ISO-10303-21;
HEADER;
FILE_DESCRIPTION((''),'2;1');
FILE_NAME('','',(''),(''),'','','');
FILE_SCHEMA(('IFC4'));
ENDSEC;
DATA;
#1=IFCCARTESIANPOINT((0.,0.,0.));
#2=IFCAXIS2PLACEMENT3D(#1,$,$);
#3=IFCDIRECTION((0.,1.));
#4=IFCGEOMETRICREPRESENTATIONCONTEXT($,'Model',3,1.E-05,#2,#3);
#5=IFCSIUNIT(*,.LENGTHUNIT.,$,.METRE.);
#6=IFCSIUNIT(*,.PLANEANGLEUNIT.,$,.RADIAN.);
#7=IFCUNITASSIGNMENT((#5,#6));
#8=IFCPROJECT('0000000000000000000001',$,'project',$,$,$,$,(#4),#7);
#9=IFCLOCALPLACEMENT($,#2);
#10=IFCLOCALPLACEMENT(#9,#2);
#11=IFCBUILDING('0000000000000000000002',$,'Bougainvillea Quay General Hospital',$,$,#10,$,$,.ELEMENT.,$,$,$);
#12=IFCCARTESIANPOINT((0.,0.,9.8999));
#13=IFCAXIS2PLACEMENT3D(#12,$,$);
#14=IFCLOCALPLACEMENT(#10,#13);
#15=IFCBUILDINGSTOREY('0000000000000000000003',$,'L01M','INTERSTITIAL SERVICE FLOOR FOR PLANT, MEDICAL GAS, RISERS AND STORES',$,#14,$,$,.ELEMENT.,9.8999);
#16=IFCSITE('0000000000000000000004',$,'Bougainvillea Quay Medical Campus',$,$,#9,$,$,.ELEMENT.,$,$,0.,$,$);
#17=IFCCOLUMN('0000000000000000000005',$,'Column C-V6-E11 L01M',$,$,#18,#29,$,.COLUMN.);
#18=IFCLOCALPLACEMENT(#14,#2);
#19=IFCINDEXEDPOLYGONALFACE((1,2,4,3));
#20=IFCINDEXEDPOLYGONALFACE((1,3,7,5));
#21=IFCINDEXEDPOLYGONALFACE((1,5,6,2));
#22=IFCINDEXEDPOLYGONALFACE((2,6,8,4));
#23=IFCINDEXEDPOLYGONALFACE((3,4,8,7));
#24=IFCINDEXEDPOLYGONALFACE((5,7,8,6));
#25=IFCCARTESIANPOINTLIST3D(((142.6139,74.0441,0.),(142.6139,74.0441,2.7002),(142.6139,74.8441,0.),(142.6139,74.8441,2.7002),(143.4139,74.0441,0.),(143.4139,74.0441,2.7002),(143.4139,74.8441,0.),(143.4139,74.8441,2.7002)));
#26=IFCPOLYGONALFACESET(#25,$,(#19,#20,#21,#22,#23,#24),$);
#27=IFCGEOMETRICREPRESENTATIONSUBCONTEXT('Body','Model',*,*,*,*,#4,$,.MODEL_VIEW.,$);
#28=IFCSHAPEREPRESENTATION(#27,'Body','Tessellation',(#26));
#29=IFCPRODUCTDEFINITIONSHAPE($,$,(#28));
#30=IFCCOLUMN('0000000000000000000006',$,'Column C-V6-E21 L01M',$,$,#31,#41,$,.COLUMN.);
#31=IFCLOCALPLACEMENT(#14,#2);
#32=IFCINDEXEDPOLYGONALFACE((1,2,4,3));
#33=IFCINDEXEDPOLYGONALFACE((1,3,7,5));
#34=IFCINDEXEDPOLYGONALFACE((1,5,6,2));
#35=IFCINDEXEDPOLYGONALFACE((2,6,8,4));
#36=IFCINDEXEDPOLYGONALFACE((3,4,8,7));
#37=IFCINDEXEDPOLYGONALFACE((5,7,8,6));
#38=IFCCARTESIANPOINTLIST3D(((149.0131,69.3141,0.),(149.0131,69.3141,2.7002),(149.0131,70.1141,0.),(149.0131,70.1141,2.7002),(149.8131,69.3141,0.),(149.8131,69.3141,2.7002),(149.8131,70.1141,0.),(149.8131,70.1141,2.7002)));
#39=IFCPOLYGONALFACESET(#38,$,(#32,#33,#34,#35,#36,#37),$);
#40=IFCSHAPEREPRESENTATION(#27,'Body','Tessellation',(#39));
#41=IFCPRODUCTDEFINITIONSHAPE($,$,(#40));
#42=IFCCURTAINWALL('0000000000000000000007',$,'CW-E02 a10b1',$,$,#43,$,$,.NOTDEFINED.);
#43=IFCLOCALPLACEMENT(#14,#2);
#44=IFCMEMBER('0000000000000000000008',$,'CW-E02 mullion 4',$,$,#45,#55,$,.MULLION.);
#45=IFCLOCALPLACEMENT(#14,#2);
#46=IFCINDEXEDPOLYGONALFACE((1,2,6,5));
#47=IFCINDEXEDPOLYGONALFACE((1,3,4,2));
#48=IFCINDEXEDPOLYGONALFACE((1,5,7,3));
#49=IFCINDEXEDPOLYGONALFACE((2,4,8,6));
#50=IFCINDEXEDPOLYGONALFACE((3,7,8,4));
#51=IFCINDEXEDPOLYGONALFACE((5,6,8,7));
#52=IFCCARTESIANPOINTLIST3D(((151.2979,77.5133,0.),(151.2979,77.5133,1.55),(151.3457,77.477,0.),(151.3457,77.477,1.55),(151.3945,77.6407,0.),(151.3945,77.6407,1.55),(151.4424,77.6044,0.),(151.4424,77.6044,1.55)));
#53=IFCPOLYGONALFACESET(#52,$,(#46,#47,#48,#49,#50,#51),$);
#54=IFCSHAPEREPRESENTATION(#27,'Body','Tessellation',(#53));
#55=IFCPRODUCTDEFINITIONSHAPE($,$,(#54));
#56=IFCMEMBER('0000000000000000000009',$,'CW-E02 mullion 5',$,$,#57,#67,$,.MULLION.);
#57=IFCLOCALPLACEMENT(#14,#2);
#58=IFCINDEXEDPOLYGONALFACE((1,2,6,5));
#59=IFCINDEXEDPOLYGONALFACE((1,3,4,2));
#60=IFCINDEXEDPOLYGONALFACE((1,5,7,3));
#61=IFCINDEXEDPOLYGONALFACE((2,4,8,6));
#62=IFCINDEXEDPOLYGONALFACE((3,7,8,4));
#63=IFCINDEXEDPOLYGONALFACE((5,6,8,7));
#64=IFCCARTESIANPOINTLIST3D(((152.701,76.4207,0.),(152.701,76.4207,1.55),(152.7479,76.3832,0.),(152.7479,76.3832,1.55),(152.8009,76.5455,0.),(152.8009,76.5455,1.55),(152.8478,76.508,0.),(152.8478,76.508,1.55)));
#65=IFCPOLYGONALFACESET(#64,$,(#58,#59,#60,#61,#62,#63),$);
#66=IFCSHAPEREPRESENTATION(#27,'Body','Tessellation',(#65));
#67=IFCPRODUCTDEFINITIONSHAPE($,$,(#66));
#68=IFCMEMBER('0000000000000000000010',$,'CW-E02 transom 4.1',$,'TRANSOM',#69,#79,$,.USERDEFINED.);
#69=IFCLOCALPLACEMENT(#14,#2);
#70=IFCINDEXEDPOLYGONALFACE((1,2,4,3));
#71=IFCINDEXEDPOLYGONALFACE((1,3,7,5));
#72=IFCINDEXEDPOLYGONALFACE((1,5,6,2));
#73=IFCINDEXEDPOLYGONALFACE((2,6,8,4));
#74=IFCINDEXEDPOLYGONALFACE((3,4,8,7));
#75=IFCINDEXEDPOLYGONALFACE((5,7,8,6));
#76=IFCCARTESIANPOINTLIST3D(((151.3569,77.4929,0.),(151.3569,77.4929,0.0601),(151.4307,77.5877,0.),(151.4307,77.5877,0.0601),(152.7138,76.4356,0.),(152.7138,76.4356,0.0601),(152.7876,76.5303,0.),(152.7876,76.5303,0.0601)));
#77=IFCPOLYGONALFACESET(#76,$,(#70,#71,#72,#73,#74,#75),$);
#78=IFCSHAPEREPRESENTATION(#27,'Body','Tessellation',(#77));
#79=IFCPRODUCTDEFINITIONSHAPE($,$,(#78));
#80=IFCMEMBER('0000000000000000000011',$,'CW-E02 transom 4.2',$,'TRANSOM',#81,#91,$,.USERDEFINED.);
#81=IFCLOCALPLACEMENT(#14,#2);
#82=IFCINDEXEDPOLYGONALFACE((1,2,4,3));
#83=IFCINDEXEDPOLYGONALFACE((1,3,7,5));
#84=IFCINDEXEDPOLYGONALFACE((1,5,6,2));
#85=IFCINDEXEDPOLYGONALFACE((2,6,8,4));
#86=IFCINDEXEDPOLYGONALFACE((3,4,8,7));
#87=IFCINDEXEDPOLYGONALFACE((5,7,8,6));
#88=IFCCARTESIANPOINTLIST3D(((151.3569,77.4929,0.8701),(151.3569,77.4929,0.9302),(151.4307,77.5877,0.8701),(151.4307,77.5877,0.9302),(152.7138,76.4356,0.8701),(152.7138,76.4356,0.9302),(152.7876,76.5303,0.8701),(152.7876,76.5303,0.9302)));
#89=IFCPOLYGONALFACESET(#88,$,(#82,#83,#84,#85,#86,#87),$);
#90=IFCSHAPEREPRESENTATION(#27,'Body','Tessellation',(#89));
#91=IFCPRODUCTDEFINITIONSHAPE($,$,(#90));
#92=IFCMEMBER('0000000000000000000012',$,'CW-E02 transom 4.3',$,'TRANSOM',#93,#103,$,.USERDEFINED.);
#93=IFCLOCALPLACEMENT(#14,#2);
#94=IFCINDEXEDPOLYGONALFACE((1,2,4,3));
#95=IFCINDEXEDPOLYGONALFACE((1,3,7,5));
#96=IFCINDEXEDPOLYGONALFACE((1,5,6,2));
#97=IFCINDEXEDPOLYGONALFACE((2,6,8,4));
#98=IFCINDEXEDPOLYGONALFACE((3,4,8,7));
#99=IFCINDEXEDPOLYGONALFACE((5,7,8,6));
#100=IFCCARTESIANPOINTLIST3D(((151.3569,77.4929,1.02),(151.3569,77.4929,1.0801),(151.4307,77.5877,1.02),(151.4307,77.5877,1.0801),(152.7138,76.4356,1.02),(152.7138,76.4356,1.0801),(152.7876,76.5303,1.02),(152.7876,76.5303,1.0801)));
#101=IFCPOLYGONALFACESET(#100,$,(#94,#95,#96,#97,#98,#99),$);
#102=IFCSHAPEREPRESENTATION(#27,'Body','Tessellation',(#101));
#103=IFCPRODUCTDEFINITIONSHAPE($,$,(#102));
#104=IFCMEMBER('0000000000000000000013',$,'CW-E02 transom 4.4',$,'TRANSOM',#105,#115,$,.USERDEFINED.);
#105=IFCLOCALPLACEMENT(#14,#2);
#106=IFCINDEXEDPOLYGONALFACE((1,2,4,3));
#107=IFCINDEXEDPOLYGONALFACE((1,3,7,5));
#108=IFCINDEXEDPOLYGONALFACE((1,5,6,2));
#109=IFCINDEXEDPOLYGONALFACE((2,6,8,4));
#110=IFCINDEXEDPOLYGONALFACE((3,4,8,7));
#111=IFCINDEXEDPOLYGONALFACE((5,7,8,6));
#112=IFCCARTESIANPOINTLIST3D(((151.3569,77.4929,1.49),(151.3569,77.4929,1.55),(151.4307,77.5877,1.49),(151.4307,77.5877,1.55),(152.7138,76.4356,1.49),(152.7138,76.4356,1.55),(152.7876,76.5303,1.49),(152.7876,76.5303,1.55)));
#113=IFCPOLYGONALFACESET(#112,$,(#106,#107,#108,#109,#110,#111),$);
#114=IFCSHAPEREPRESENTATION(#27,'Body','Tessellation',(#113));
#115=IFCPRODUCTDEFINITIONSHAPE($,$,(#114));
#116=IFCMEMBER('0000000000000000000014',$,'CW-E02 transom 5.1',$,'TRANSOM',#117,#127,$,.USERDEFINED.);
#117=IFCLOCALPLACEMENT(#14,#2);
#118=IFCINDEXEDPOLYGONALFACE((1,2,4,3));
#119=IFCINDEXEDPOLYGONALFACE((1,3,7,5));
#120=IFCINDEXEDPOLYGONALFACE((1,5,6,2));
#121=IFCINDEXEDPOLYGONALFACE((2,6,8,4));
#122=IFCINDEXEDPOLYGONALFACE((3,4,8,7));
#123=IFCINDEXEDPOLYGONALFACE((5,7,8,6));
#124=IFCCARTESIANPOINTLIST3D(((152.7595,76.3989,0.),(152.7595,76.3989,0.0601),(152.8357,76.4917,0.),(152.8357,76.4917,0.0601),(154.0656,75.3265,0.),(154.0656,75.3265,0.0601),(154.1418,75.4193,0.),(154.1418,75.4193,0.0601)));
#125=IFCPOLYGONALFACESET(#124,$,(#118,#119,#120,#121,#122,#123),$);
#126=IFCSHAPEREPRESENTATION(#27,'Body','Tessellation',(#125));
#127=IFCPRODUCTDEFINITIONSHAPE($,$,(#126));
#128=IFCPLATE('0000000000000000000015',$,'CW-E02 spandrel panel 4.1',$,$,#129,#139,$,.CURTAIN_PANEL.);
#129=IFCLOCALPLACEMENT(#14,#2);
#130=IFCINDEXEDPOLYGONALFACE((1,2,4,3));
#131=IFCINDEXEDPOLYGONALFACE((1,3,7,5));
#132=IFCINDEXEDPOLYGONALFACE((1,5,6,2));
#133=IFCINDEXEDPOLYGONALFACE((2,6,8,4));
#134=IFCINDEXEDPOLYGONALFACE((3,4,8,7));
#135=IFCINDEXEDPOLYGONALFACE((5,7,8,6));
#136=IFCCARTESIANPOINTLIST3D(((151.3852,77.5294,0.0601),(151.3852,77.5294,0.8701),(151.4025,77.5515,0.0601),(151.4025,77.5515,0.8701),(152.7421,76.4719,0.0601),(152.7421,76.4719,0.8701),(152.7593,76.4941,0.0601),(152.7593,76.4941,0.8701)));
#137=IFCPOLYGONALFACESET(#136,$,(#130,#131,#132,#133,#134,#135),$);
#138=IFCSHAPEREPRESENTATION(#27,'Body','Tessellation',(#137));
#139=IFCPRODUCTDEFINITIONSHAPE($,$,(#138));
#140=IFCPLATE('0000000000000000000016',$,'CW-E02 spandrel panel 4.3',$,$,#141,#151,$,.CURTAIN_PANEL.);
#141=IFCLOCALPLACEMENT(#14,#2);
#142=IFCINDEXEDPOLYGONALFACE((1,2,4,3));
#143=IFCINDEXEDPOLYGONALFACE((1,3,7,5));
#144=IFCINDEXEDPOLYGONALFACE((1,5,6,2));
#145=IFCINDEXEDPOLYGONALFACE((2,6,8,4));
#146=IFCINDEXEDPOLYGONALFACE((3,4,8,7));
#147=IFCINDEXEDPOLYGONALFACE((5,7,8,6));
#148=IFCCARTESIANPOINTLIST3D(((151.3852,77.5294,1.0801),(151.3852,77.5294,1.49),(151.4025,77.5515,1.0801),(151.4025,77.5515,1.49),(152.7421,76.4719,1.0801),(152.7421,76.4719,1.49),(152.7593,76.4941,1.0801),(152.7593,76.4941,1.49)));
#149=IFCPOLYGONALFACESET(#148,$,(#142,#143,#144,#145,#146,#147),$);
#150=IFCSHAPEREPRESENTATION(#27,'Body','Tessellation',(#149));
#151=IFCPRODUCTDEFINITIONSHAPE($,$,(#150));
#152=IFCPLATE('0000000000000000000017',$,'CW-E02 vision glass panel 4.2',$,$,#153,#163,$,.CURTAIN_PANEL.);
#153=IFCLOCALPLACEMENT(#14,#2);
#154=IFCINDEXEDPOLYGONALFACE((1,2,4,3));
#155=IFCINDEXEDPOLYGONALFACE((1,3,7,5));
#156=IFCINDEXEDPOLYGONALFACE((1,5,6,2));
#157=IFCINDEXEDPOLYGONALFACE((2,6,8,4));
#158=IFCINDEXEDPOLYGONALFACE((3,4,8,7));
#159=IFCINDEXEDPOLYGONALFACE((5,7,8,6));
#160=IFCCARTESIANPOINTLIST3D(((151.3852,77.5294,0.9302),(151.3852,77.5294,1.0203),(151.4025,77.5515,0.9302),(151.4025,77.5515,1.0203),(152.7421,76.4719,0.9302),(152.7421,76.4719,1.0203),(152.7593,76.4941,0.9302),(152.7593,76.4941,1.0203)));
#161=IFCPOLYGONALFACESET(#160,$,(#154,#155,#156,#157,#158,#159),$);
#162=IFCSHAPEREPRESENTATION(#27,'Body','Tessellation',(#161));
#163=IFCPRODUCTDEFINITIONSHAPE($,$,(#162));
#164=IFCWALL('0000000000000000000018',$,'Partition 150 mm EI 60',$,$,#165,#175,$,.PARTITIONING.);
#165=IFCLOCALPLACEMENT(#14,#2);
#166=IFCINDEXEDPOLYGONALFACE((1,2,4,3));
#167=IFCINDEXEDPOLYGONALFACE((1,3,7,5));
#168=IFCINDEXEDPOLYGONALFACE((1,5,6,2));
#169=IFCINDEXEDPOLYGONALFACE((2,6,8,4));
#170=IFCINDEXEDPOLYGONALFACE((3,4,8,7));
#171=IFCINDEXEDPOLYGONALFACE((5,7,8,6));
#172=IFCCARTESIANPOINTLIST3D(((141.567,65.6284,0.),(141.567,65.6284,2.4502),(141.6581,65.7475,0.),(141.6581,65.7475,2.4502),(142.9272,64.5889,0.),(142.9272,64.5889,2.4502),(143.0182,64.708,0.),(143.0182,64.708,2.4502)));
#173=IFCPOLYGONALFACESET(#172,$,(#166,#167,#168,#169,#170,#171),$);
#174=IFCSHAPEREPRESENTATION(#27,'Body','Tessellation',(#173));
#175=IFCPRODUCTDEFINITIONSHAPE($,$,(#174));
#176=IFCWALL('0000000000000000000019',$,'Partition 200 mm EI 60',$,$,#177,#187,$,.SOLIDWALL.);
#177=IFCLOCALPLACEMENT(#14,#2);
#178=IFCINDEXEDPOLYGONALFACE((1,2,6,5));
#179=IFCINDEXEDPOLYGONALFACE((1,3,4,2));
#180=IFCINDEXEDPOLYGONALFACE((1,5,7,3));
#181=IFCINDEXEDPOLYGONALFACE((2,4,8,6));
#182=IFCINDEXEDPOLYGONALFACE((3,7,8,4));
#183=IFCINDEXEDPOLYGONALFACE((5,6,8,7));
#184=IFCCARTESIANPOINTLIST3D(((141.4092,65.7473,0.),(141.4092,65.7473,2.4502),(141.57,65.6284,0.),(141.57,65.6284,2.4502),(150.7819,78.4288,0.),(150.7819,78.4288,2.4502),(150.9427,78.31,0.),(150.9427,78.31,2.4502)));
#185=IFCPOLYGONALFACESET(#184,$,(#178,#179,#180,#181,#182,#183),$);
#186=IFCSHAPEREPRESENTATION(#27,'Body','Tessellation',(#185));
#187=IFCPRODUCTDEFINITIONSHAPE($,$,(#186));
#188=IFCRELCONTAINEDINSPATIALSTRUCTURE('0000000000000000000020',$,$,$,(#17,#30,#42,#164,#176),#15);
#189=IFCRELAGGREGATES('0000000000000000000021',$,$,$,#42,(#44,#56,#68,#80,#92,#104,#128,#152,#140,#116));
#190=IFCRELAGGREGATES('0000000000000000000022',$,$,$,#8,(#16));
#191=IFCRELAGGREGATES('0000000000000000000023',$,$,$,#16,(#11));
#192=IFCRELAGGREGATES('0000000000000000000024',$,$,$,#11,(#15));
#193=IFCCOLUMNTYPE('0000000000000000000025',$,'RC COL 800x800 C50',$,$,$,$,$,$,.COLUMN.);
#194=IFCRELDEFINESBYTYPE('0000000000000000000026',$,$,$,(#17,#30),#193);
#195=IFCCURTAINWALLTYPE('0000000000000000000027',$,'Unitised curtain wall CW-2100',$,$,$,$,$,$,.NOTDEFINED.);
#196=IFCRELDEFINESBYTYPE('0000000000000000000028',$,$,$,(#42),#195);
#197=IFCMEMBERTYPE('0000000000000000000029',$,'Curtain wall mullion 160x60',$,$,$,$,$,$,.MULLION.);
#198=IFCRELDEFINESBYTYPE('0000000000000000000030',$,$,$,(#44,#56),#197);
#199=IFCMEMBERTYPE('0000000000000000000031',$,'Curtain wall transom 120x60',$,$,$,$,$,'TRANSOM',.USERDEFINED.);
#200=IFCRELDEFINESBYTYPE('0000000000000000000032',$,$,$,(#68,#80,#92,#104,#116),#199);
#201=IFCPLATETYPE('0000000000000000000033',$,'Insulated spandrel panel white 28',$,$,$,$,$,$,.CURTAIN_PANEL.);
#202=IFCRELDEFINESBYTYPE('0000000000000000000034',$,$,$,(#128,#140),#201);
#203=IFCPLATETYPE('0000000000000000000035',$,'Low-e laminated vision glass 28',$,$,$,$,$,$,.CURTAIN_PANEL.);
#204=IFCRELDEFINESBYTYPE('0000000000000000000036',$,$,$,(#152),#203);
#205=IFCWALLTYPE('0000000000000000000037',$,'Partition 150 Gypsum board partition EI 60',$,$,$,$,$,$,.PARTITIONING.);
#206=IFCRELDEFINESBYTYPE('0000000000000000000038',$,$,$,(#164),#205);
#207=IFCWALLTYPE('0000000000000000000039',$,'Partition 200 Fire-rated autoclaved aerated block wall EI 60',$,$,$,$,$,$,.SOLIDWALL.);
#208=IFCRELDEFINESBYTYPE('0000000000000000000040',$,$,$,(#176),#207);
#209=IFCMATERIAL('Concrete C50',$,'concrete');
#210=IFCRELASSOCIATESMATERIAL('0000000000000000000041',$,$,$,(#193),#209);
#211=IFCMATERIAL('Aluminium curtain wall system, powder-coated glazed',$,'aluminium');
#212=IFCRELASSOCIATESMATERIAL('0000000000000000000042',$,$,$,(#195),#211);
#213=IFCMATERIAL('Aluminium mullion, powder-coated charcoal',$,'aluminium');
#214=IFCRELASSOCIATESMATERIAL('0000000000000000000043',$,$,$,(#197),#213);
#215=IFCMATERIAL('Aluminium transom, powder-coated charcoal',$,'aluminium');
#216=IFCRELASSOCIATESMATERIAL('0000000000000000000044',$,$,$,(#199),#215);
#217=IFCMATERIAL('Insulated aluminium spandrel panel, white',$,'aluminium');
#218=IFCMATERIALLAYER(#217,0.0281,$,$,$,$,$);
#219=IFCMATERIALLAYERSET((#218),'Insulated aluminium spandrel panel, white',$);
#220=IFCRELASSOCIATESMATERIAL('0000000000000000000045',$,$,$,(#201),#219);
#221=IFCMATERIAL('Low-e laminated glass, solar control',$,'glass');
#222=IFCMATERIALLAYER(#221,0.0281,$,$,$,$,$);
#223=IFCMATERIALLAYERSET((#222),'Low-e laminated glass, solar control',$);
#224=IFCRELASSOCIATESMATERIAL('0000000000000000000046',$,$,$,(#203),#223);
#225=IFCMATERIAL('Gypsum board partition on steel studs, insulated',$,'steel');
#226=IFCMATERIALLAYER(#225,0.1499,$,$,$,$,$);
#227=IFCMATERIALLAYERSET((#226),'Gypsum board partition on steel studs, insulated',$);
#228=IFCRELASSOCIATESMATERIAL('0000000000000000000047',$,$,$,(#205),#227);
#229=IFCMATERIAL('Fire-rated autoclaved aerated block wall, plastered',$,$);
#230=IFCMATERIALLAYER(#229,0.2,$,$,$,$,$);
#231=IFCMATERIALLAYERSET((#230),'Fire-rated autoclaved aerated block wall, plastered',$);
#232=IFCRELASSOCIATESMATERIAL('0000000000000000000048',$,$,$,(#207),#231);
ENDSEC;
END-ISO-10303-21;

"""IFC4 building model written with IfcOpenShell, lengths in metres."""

from ifc_helpers import new_model, si_unit, direction, frame, frame_2d, origin, origin_2d, place, context, subcontext, project, spatial, rectangle, extrude, material, layer, layer_set, material_profile, profile_set, type_object, element, aggregate, save


model = new_model("IFC4")

# Units and contexts
model_context = context("Model", 3, precision=1e-05, world=origin(), true_north=direction((0.0, 1.0)))
body_context = subcontext(model_context, "Body", "Model", "MODEL_VIEW")
ifc_project = project(units=[si_unit("LENGTHUNIT", "METRE"), si_unit("PLANEANGLEUNIT", "RADIAN")], contexts=[model_context])

# Site, building, storey
site_placement = place(None, origin())
site = spatial("IfcSite", under=ifc_project, at=site_placement, Name="Bougainvillea Quay Medical Campus", CompositionType="ELEMENT", RefElevation=0.0)
building_placement = place(site_placement, origin())
building = spatial("IfcBuilding", under=site, at=building_placement, Name="Bougainvillea Quay General Hospital", CompositionType="ELEMENT")
storey_placement = place(building_placement, frame((0.0, 0.0, 9.8999)))
storey = spatial("IfcBuildingStorey", under=building, at=storey_placement, Name="L01M", Description="INTERSTITIAL SERVICE FLOOR FOR PLANT, MEDICAL GAS, RISERS AND STORES", CompositionType="ELEMENT", Elevation=9.8999)

# Columns
ifc_material_1 = material(Name="Concrete C50", Category="concrete")
ifc_material_profile_1 = material_profile(ifc_material_1, rectangle(XDim=0.8, YDim=0.8, at=origin_2d()))
ifc_profile_set_1 = profile_set([ifc_material_profile_1], Name="Concrete C50")
column_type = type_object("IfcColumnType", Name="RC COL 800x800 C50", PredefinedType="COLUMN", material=ifc_profile_set_1)
for number, where, z_axis, x_axis, name in (
    (1, (143.0139, 74.4441, 0.0), (0.0, 0.0, 1.0), (1.0, 0.0, 0.0), "Column C-V6-E11 L01M"),
    (2, (149.4131, 69.7141, 0.0), (0.0, 0.0, 1.0), (1.0, 0.0, 0.0), "Column C-V6-E21 L01M"),
):
    element("IfcColumn", number, at=place(storey_placement, frame(where, z_axis=z_axis, x_axis=x_axis)), inside=storey, type_object=column_type, Name=name, PredefinedType="COLUMN", context=body_context, shape_type="SweptSolid", body=[
        extrude(rectangle(XDim=0.8, YDim=0.8, at=origin_2d()), origin(), (0.0, 0.0, 1.0), 2.7002),
    ])

# Curtain wall, members, plates
ifc_material_2 = material(Name="Aluminium curtain wall system, powder-coated glazed", Category="aluminium")
curtain_wall_type = type_object("IfcCurtainWallType", Name="Unitised curtain wall CW-2100", PredefinedType="NOTDEFINED", material=ifc_material_2)
curtain_wall_placement = place(storey_placement, origin())
curtain_wall = element("IfcCurtainWall", 3, at=curtain_wall_placement, inside=storey, type_object=curtain_wall_type, Name="CW-E02 a10b1", PredefinedType="NOTDEFINED")
ifc_material_3 = material(Name="Aluminium mullion, powder-coated charcoal", Category="aluminium")
ifc_material_profile_2 = material_profile(ifc_material_3, rectangle(XDim=0.1599, YDim=0.0601, at=origin_2d()))
ifc_profile_set_2 = profile_set([ifc_material_profile_2], Name="Aluminium mullion, powder-coated charcoal")
member_type_1 = type_object("IfcMemberType", Name="Curtain wall mullion 160x60", PredefinedType="MULLION", material=ifc_profile_set_2)
member_1_placement = place(storey_placement, frame((151.3701, 77.5588, 0.0), z_axis=(0.0, 0.0, 1.0), x_axis=(0.604588, 0.796538, 0.0)))
member_1 = element("IfcMember", 4, at=member_1_placement, type_object=member_type_1, Name="CW-E02 mullion 4", PredefinedType="MULLION", context=body_context, shape_type="SweptSolid", body=[
    extrude(rectangle(XDim=0.1599, YDim=0.0601, at=origin_2d()), origin(), (0.0, 0.0, 1.0), 1.55),
])
member_2_placement = place(storey_placement, frame((152.7744, 76.4644, 0.0), z_axis=(0.0, 0.0, 1.0), x_axis=(0.624719, 0.780849, 0.0)))
member_2 = element("IfcMember", 5, at=member_2_placement, type_object=member_type_1, Name="CW-E02 mullion 5", PredefinedType="MULLION", context=body_context, shape_type="SweptSolid", body=[
    extrude(rectangle(XDim=0.1599, YDim=0.0601, at=origin_2d()), origin(), (0.0, 0.0, 1.0), 1.55),
])
ifc_material_4 = material(Name="Aluminium transom, powder-coated charcoal", Category="aluminium")
ifc_material_profile_3 = material_profile(ifc_material_4, rectangle(XDim=0.1201, YDim=0.0601, at=origin_2d()))
ifc_profile_set_3 = profile_set([ifc_material_profile_3], Name="Aluminium transom, powder-coated charcoal")
member_type_2 = type_object("IfcMemberType", Name="Curtain wall transom 120x60", ElementType="TRANSOM", PredefinedType="USERDEFINED", material=ifc_profile_set_3)
member_3_placement = place(storey_placement, frame((151.3938, 77.5403, 0.03), z_axis=(0.788794, -0.614658, 0.0), x_axis=(0.614658, 0.788794, 0.0)))
member_3 = element("IfcMember", 6, at=member_3_placement, type_object=member_type_2, Name="CW-E02 transom 4.1", ObjectType="TRANSOM", PredefinedType="USERDEFINED", context=body_context, shape_type="SweptSolid", body=[
    extrude(rectangle(XDim=0.1201, YDim=0.0601, at=origin_2d()), origin(), (0.0, 0.0, 1.0), 1.7202),
])
member_4_placement = place(storey_placement, frame((151.3938, 77.5403, 0.9001), z_axis=(0.788794, -0.614658, 0.0), x_axis=(0.614658, 0.788794, 0.0)))
member_4 = element("IfcMember", 7, at=member_4_placement, type_object=member_type_2, Name="CW-E02 transom 4.2", ObjectType="TRANSOM", PredefinedType="USERDEFINED", context=body_context, shape_type="SweptSolid", body=[
    extrude(rectangle(XDim=0.1201, YDim=0.0601, at=origin_2d()), origin(), (0.0, 0.0, 1.0), 1.7202),
])
member_5_placement = place(storey_placement, frame((151.3938, 77.5403, 1.05), z_axis=(0.788794, -0.614658, 0.0), x_axis=(0.614658, 0.788794, 0.0)))
member_5 = element("IfcMember", 8, at=member_5_placement, type_object=member_type_2, Name="CW-E02 transom 4.3", ObjectType="TRANSOM", PredefinedType="USERDEFINED", context=body_context, shape_type="SweptSolid", body=[
    extrude(rectangle(XDim=0.1201, YDim=0.0601, at=origin_2d()), origin(), (0.0, 0.0, 1.0), 1.7202),
])
member_6_placement = place(storey_placement, frame((151.3938, 77.5403, 1.52), z_axis=(0.788794, -0.614658, 0.0), x_axis=(0.614658, 0.788794, 0.0)))
member_6 = element("IfcMember", 9, at=member_6_placement, type_object=member_type_2, Name="CW-E02 transom 4.4", ObjectType="TRANSOM", PredefinedType="USERDEFINED", context=body_context, shape_type="SweptSolid", body=[
    extrude(rectangle(XDim=0.1201, YDim=0.0601, at=origin_2d()), origin(), (0.0, 0.0, 1.0), 1.7202),
])
member_7_placement = place(storey_placement, frame((152.7976, 76.4453, 0.03), z_axis=(0.772843, -0.634598, 0.0), x_axis=(0.634598, 0.772843, 0.0)))
member_7 = element("IfcMember", 10, at=member_7_placement, type_object=member_type_2, Name="CW-E02 transom 5.1", ObjectType="TRANSOM", PredefinedType="USERDEFINED", context=body_context, shape_type="SweptSolid", body=[
    extrude(rectangle(XDim=0.1201, YDim=0.0601, at=origin_2d()), origin(), (0.0, 0.0, 1.0), 1.6899),
])
ifc_material_5 = material(Name="Insulated aluminium spandrel panel, white", Category="aluminium")
ifc_layer_1 = layer(ifc_material_5, 0.0281)
ifc_layer_set_1 = layer_set([ifc_layer_1], Name="Insulated aluminium spandrel panel, white")
plate_type_1 = type_object("IfcPlateType", Name="Insulated spandrel panel white 28", PredefinedType="CURTAIN_PANEL", material=ifc_layer_set_1)
plate_1_placement = place(storey_placement, frame((152.0723, 77.0117, 0.0601), z_axis=(0.0, 0.0, 1.0), x_axis=(0.788758, -0.614704, 0.0)))
plate_1 = element("IfcPlate", 11, at=plate_1_placement, type_object=plate_type_1, Name="CW-E02 spandrel panel 4.1", PredefinedType="CURTAIN_PANEL", context=body_context, shape_type="SweptSolid", body=[
    extrude(rectangle(XDim=1.7202, YDim=0.0281, at=origin_2d()), origin(), (0.0, 0.0, 1.0), 0.8101),
])
plate_2_placement = place(storey_placement, frame((152.0723, 77.0117, 1.0801), z_axis=(0.0, 0.0, 1.0), x_axis=(0.788758, -0.614704, 0.0)))
plate_2 = element("IfcPlate", 12, at=plate_2_placement, type_object=plate_type_1, Name="CW-E02 spandrel panel 4.3", PredefinedType="CURTAIN_PANEL", context=body_context, shape_type="SweptSolid", body=[
    extrude(rectangle(XDim=1.7202, YDim=0.0281, at=origin_2d()), origin(), (0.0, 0.0, 1.0), 0.4099),
])
ifc_material_6 = material(Name="Low-e laminated glass, solar control", Category="glass")
ifc_layer_2 = layer(ifc_material_6, 0.0281)
ifc_layer_set_2 = layer_set([ifc_layer_2], Name="Low-e laminated glass, solar control")
plate_type_2 = type_object("IfcPlateType", Name="Low-e laminated vision glass 28", PredefinedType="CURTAIN_PANEL", material=ifc_layer_set_2)
plate_3_placement = place(storey_placement, frame((152.0723, 77.0117, 0.9302), z_axis=(0.0, 0.0, 1.0), x_axis=(0.788758, -0.614704, 0.0)))
plate_3 = element("IfcPlate", 13, at=plate_3_placement, type_object=plate_type_2, Name="CW-E02 vision glass panel 4.2", PredefinedType="CURTAIN_PANEL", context=body_context, shape_type="SweptSolid", body=[
    extrude(rectangle(XDim=1.7202, YDim=0.0281, at=origin_2d()), origin(), (0.0, 0.0, 1.0), 0.0901),
])
aggregate(curtain_wall, [member_1, member_2, member_3, member_4, member_5, member_6, plate_1, plate_3, plate_2, member_7])

# Walls
ifc_material_7 = material(Name="Gypsum board partition on steel studs, insulated", Category="steel")
ifc_layer_3 = layer(ifc_material_7, 0.1499)
ifc_layer_set_3 = layer_set([ifc_layer_3], Name="Gypsum board partition on steel studs, insulated")
wall_type_1 = type_object("IfcWallType", Name="Partition 150 Gypsum board partition EI 60", PredefinedType="PARTITIONING", material=ifc_layer_set_3)
wall_1_placement = place(storey_placement, frame((141.6125, 65.688, 0.0), z_axis=(0.0, 0.0, 1.0), x_axis=(0.794508, -0.607254, 0.0)))
element("IfcWall", 14, at=wall_1_placement, inside=storey, type_object=wall_type_1, Name="Partition 150 mm EI 60", PredefinedType="PARTITIONING", context=body_context, shape_type="SweptSolid", body=[
    extrude(rectangle(XDim=1.7119, YDim=0.1499, at=frame_2d((0.856, 0.0))), origin(), (0.0, 0.0, 1.0), 2.4502),
])
ifc_material_8 = material(Name="Fire-rated autoclaved aerated block wall, plastered")
ifc_layer_4 = layer(ifc_material_8, 0.2)
ifc_layer_set_4 = layer_set([ifc_layer_4], Name="Fire-rated autoclaved aerated block wall, plastered")
wall_type_2 = type_object("IfcWallType", Name="Partition 200 Fire-rated autoclaved aerated block wall EI 60", PredefinedType="SOLIDWALL", material=ifc_layer_set_4)
wall_2_placement = place(storey_placement, frame((141.4895, 65.6877, 0.0), z_axis=(0.0, 0.0, 1.0), x_axis=(0.594367, 0.804194, 0.0)))
element("IfcWall", 15, at=wall_2_placement, inside=storey, type_object=wall_type_2, Name="Partition 200 mm EI 60", PredefinedType="SOLIDWALL", context=body_context, shape_type="SweptSolid", body=[
    extrude(rectangle(XDim=15.7693, YDim=0.2, at=frame_2d((7.8848, 0.0))), origin(), (0.0, 0.0, 1.0), 2.4502),
])

save(model, "model.ifc")
